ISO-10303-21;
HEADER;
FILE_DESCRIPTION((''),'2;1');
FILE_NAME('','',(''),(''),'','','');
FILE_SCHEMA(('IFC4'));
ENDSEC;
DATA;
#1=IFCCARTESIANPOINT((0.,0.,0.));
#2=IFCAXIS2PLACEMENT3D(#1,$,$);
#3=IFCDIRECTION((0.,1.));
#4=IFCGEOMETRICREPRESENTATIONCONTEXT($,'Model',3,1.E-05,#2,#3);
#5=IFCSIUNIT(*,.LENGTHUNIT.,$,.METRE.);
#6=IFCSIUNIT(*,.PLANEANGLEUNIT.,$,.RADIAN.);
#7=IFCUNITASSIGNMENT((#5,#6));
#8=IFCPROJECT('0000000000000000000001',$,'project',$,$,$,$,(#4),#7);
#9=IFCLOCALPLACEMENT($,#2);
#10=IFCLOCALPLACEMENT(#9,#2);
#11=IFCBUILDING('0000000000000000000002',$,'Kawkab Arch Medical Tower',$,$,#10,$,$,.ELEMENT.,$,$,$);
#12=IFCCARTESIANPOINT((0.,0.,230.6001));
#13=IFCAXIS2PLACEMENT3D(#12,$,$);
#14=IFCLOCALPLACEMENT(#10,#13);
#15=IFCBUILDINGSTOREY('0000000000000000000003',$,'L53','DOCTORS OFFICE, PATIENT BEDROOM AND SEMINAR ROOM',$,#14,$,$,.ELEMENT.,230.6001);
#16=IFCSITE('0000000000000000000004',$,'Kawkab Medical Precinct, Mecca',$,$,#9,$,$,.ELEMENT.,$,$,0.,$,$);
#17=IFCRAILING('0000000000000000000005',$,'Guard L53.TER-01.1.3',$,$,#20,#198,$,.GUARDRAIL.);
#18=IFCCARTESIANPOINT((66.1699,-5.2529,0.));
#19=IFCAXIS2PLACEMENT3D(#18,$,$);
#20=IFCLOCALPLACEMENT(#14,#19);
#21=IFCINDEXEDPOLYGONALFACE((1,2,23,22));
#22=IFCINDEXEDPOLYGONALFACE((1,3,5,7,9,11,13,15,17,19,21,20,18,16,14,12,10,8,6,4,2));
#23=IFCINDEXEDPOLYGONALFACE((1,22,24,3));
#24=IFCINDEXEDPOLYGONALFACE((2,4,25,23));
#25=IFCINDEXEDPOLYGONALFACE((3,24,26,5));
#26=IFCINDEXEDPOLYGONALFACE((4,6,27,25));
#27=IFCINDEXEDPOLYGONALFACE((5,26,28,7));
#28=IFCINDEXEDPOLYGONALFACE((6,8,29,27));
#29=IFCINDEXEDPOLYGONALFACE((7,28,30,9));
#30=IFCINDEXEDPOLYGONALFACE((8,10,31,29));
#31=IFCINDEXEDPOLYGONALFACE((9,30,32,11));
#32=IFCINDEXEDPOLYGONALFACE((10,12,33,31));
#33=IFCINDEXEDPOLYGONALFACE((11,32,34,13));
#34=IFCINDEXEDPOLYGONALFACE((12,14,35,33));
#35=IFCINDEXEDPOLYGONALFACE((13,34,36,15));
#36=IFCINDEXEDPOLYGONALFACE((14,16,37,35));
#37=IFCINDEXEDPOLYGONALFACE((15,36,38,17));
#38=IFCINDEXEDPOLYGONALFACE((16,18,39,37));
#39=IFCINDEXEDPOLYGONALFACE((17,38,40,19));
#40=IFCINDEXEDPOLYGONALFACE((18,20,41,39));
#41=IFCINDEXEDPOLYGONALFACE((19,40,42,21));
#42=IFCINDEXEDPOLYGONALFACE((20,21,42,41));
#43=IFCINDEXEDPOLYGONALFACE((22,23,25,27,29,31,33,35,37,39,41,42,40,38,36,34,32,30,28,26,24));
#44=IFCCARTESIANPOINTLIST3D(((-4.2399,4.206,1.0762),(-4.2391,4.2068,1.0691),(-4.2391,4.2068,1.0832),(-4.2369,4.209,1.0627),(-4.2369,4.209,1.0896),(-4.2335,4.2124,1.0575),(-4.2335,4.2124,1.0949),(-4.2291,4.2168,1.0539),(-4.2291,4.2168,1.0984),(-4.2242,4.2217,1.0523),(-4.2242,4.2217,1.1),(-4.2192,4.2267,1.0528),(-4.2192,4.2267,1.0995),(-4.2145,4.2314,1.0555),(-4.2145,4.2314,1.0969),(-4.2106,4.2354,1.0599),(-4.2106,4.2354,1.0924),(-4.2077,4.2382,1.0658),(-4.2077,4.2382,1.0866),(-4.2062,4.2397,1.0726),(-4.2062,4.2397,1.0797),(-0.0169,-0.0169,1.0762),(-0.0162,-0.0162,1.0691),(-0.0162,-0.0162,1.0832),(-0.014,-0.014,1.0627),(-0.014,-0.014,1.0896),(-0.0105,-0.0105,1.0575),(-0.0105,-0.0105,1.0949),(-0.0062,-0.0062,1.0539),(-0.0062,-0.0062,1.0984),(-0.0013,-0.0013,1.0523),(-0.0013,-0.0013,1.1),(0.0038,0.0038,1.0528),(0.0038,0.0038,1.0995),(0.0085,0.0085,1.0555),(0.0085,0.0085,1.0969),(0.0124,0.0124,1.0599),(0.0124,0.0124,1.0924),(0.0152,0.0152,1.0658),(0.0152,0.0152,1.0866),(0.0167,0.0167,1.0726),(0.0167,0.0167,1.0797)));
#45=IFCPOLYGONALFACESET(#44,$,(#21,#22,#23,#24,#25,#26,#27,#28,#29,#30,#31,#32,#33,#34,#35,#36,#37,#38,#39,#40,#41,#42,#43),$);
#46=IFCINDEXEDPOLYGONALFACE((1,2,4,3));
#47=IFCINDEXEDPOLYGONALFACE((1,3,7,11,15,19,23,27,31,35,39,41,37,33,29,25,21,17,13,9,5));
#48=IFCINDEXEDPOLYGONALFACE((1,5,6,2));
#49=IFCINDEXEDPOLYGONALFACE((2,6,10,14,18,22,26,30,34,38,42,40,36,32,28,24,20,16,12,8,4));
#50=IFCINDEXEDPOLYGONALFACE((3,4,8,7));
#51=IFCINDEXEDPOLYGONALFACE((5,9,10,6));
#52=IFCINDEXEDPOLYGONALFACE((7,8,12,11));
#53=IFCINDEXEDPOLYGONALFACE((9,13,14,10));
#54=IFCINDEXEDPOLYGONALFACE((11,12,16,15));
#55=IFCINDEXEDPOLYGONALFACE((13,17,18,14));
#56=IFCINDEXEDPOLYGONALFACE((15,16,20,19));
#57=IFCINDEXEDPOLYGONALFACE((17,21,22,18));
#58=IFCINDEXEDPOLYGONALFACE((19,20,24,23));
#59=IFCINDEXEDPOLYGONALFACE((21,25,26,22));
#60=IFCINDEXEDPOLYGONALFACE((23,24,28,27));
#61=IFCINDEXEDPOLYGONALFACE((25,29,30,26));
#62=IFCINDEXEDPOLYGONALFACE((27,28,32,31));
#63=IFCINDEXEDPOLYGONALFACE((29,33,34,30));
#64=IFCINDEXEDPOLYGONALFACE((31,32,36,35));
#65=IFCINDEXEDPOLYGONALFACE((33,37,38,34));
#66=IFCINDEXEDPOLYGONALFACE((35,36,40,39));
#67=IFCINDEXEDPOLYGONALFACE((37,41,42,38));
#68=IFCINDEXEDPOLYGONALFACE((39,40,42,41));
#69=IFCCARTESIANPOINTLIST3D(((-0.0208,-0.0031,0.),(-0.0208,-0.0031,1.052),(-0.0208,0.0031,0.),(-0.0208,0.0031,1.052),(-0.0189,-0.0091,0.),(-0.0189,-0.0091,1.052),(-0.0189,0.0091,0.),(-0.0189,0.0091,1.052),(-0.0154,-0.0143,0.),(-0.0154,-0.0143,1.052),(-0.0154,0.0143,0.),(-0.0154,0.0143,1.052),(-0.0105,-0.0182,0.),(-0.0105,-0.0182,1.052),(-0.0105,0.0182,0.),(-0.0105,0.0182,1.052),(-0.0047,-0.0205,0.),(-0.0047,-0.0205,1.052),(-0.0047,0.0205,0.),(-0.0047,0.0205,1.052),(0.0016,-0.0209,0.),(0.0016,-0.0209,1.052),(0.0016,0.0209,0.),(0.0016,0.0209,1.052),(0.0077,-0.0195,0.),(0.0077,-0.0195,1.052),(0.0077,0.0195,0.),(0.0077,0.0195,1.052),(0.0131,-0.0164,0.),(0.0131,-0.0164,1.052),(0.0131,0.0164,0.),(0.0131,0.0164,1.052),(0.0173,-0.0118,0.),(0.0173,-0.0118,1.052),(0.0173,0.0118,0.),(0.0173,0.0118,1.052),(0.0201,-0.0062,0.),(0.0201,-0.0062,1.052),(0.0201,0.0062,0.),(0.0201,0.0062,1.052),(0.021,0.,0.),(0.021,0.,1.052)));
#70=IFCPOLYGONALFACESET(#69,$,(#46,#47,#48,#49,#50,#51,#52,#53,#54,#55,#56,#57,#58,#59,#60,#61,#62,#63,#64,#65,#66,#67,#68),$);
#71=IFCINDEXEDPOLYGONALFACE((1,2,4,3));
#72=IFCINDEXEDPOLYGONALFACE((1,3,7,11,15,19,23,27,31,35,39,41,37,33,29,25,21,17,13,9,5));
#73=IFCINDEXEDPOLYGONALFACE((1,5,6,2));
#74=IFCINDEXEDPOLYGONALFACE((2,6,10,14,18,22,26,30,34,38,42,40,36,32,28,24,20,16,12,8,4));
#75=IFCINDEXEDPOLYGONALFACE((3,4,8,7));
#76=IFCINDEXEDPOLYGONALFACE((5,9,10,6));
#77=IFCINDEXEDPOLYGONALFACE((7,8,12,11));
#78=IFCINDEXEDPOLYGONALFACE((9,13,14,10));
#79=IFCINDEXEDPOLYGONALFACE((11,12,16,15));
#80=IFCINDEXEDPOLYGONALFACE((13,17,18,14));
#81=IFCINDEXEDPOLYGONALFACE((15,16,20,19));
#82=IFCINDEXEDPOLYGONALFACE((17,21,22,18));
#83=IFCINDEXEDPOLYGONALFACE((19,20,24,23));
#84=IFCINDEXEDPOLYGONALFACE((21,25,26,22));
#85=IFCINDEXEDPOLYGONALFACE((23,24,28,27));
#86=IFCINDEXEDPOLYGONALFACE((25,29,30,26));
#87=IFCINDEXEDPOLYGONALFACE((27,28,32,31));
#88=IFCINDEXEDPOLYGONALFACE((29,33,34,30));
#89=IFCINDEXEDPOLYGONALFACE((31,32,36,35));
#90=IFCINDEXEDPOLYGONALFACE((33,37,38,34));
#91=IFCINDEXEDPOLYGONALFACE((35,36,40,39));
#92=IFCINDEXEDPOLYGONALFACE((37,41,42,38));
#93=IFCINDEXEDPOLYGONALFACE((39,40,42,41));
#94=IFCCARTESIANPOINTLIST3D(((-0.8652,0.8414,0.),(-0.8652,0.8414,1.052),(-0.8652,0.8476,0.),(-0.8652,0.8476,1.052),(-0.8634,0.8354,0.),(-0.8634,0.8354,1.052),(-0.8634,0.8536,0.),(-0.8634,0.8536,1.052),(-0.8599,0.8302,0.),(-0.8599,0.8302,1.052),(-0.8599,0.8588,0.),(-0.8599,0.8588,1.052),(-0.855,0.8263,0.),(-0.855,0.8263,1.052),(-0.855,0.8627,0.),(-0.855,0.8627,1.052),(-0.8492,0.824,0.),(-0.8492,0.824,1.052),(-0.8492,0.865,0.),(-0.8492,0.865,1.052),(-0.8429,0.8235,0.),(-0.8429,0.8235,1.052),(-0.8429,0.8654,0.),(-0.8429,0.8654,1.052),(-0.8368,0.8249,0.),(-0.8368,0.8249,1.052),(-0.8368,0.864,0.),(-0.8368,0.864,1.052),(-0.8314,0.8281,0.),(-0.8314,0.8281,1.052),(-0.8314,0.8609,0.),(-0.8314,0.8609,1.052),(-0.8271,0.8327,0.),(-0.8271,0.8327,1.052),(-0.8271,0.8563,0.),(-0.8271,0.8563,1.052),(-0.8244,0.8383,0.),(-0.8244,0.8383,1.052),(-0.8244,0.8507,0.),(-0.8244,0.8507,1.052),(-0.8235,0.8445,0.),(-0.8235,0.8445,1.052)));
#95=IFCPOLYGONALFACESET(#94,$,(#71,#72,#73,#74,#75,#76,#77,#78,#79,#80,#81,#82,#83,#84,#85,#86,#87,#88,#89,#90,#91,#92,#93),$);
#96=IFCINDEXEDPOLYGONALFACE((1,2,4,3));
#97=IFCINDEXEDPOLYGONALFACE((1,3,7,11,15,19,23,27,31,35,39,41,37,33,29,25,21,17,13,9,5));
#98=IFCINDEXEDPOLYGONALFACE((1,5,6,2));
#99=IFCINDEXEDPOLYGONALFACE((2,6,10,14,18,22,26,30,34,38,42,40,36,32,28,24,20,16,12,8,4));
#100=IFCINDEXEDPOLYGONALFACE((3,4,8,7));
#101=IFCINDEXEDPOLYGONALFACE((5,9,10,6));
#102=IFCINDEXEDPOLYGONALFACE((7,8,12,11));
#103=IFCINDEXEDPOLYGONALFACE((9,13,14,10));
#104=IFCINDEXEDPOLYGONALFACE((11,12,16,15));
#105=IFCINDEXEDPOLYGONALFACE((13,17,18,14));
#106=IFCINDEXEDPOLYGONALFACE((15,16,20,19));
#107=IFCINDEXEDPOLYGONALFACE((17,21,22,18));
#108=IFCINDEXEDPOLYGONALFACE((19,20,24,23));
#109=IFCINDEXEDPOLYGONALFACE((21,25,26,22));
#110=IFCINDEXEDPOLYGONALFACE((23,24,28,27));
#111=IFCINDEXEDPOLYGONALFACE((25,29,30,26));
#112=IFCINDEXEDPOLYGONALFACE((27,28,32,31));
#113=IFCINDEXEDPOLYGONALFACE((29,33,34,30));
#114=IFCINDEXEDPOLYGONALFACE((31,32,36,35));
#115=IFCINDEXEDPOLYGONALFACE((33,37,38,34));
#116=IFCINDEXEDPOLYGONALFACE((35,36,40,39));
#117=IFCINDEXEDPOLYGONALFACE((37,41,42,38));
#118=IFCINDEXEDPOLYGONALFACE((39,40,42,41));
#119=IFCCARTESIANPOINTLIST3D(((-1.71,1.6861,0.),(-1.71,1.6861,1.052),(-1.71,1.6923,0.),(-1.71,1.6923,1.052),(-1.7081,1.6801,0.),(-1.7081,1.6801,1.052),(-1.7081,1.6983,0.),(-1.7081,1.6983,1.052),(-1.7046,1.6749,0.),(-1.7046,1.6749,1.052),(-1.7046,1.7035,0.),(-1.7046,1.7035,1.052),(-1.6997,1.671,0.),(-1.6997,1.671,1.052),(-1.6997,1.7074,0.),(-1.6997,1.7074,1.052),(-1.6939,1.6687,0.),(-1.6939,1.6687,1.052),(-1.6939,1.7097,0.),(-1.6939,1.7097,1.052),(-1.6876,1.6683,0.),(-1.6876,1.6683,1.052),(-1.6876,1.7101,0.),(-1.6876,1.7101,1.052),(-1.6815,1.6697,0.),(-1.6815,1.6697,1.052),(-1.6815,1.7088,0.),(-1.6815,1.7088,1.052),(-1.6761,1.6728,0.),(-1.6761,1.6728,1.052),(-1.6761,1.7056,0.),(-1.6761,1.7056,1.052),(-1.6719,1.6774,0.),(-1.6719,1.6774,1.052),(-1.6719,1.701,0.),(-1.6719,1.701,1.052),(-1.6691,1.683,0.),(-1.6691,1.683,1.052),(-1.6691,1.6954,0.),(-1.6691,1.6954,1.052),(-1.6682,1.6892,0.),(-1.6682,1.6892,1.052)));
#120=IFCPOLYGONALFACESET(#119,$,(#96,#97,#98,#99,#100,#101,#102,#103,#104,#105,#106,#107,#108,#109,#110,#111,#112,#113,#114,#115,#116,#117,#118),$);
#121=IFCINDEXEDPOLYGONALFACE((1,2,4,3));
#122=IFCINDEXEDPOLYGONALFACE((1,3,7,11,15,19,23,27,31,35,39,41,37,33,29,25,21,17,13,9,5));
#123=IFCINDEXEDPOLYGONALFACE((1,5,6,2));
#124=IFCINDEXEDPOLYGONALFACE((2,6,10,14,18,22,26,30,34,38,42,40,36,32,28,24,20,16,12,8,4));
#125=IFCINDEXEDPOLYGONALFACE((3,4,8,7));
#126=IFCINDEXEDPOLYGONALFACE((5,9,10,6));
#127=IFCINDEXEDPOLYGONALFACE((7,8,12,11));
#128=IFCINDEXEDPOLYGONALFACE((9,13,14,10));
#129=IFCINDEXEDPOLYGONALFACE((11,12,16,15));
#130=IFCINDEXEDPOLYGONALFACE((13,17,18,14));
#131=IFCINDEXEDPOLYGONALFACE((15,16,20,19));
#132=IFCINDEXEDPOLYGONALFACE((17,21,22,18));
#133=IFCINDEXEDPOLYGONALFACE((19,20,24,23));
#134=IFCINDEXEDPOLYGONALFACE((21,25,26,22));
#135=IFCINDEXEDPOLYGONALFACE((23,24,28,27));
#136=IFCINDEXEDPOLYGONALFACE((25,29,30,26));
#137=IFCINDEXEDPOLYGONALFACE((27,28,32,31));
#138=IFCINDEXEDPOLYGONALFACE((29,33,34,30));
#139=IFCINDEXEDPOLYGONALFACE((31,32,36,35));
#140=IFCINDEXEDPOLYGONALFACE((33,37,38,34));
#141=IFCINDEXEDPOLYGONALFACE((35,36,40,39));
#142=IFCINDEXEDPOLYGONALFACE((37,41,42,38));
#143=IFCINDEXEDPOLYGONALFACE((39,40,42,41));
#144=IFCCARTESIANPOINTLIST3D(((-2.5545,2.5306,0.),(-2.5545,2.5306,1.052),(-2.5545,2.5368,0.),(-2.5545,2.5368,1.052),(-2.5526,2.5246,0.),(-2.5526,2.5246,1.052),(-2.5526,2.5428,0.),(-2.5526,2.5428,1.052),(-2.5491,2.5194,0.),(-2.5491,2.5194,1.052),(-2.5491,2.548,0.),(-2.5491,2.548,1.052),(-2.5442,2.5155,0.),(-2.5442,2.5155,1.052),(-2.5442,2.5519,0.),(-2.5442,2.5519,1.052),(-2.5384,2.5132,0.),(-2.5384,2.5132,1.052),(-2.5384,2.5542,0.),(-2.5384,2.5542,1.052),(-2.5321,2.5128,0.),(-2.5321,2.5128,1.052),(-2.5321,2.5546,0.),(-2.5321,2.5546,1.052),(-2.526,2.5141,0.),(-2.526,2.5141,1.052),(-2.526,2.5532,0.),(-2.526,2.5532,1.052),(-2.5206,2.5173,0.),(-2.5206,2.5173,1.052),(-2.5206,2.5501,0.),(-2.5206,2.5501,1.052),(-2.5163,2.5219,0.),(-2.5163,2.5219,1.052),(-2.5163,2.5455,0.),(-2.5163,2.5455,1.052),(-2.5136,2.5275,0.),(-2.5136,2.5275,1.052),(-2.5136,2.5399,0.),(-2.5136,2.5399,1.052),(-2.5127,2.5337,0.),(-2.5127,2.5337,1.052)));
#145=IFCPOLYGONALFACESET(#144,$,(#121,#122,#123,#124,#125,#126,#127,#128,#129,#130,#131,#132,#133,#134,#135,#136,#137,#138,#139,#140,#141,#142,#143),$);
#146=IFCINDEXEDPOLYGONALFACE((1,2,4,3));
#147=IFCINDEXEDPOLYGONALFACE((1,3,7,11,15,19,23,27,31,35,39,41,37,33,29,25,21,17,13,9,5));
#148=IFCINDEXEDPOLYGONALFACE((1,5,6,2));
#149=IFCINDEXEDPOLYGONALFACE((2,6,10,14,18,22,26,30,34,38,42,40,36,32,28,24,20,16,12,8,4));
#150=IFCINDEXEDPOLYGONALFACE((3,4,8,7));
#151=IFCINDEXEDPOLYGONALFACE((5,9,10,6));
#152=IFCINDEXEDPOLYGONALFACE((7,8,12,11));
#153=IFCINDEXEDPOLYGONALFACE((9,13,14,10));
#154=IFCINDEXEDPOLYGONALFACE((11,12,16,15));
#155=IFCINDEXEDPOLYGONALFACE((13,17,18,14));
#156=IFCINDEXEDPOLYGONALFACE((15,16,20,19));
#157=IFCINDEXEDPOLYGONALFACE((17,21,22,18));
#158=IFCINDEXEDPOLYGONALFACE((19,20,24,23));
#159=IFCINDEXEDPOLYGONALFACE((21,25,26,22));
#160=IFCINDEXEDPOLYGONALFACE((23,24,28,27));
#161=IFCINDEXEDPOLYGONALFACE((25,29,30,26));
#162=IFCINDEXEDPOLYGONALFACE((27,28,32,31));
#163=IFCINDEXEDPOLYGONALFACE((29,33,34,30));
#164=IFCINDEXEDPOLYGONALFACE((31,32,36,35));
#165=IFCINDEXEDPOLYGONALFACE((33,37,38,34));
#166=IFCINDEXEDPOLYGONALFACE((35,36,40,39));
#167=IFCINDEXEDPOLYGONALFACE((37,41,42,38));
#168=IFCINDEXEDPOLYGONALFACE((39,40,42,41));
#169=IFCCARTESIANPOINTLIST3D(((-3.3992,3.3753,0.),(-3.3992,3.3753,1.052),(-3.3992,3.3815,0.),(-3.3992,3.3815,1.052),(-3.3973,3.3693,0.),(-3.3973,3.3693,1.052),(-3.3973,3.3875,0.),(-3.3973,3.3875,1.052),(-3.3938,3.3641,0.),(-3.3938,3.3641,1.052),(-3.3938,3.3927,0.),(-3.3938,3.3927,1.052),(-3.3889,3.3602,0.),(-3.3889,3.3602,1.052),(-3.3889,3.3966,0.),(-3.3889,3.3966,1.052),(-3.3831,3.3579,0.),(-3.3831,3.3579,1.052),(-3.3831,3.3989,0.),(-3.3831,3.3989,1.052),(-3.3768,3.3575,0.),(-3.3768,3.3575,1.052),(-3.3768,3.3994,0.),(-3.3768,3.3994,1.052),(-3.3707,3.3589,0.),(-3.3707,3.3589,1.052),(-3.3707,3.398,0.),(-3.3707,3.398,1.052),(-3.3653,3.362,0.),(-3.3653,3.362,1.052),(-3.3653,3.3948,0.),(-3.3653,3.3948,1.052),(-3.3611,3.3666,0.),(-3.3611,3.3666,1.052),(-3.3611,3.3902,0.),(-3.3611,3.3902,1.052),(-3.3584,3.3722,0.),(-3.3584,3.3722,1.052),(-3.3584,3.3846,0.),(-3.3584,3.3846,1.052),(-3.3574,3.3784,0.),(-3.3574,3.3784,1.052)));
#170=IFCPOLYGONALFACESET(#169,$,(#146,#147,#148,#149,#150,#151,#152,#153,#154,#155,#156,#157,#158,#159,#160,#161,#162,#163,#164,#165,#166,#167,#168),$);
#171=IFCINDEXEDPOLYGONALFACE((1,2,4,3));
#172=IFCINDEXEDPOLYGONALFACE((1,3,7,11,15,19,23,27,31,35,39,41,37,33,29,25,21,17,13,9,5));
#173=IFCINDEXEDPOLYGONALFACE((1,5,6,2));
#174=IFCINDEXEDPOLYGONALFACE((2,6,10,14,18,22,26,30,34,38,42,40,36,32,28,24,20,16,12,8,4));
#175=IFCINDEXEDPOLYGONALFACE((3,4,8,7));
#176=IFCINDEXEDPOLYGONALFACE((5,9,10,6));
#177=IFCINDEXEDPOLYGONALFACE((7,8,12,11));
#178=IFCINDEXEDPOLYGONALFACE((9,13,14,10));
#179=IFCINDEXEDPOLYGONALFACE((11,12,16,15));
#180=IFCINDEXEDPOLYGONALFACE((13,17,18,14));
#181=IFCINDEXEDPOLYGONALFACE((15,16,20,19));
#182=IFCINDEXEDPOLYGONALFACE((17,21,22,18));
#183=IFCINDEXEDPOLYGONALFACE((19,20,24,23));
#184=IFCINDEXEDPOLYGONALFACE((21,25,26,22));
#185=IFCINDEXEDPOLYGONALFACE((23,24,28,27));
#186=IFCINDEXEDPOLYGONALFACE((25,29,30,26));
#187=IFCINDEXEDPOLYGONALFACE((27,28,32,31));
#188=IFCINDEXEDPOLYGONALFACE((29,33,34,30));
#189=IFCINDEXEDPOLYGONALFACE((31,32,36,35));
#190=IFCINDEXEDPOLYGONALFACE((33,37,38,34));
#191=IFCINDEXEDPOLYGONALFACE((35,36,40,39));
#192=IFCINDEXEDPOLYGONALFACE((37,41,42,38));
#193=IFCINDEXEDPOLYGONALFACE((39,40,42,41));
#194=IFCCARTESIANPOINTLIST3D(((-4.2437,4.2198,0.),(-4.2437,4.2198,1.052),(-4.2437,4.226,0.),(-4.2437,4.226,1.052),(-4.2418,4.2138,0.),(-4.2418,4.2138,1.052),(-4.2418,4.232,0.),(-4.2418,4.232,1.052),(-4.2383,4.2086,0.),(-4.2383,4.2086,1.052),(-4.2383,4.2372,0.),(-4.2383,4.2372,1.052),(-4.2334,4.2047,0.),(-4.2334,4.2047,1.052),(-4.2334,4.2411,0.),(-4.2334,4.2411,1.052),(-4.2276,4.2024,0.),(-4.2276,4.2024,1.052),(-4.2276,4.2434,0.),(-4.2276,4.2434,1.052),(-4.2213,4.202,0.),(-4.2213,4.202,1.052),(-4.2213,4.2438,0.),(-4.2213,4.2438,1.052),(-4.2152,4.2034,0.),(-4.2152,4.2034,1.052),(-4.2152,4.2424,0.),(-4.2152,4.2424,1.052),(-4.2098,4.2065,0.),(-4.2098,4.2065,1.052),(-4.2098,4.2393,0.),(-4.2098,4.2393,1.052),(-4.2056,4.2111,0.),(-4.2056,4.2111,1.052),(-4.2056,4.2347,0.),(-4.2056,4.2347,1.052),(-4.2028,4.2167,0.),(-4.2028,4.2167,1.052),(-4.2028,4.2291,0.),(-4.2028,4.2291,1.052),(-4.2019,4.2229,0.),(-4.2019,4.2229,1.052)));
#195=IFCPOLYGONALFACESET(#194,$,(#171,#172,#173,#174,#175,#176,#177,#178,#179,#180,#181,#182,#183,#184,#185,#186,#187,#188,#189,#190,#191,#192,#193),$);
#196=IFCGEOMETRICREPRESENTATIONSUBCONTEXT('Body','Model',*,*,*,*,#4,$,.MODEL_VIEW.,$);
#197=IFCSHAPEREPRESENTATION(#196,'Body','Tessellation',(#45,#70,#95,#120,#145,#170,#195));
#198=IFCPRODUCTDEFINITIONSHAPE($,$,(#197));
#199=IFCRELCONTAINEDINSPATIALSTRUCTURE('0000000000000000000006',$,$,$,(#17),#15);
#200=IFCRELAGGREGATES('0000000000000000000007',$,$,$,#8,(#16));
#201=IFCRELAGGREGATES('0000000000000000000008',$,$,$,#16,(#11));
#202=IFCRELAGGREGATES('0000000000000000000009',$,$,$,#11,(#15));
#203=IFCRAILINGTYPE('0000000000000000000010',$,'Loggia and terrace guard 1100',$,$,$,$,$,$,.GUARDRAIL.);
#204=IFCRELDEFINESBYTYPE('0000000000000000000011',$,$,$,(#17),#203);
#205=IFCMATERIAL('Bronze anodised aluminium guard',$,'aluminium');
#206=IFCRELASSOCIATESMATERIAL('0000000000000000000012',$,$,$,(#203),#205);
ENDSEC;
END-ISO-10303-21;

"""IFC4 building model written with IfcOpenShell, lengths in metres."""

from ifc_helpers import new_model, si_unit, direction, frame, origin, origin_2d, place, context, subcontext, project, spatial, circle, extrude, material, type_object, element, save


model = new_model("IFC4")

# Units and contexts
model_context = context("Model", 3, precision=1e-05, world=origin(), true_north=direction((0.0, 1.0)))
body_context = subcontext(model_context, "Body", "Model", "MODEL_VIEW")
ifc_project = project(units=[si_unit("LENGTHUNIT", "METRE"), si_unit("PLANEANGLEUNIT", "RADIAN")], contexts=[model_context])

# Site, building, storey
site_placement = place(None, origin())
site = spatial("IfcSite", under=ifc_project, at=site_placement, Name="Kawkab Medical Precinct, Mecca", CompositionType="ELEMENT", RefElevation=0.0)
building_placement = place(site_placement, origin())
building = spatial("IfcBuilding", under=site, at=building_placement, Name="Kawkab Arch Medical Tower", CompositionType="ELEMENT")
storey_placement = place(building_placement, frame((0.0, 0.0, 230.6001)))
storey = spatial("IfcBuildingStorey", under=building, at=storey_placement, Name="L53", Description="DOCTORS OFFICE, PATIENT BEDROOM AND SEMINAR ROOM", CompositionType="ELEMENT", Elevation=230.6001)

# Railing
ifc_material_1 = material(Name="Bronze anodised aluminium guard", Category="aluminium")
railing_type = type_object("IfcRailingType", Name="Loggia and terrace guard 1100", PredefinedType="GUARDRAIL", material=ifc_material_1)
railing_1_placement = place(storey_placement, frame((66.1699, -5.2529, 0.0)))
element("IfcRailing", 1, at=railing_1_placement, inside=storey, type_object=railing_type, Name="Guard L53.TER-01.1.3", PredefinedType="GUARDRAIL", context=body_context, shape_type="SweptSolid", body=[
    extrude(circle(Radius=0.0239, at=origin_2d()), frame((0.0, 0.0, 1.0762), z_axis=(-0.707107, 0.707107, 0.0), x_axis=(-0.707107, -0.707107, 0.0)), (0.0, 0.0, 1.0), 5.9722),
    extrude(circle(Radius=0.021, at=origin_2d()), origin(), (0.0, 0.0, 1.0), 1.052),
    extrude(circle(Radius=0.021, at=origin_2d()), frame((-0.8445, 0.8445, 0.0)), (0.0, 0.0, 1.0), 1.052),
    extrude(circle(Radius=0.021, at=origin_2d()), frame((-1.6892, 1.6892, 0.0)), (0.0, 0.0, 1.0), 1.052),
    extrude(circle(Radius=0.021, at=origin_2d()), frame((-2.5337, 2.5337, 0.0)), (0.0, 0.0, 1.0), 1.052),
    extrude(circle(Radius=0.021, at=origin_2d()), frame((-3.3784, 3.3784, 0.0)), (0.0, 0.0, 1.0), 1.052),
    extrude(circle(Radius=0.021, at=origin_2d()), frame((-4.2229, 4.2229, 0.0)), (0.0, 0.0, 1.0), 1.052),
])

save(model, "model.ifc")
